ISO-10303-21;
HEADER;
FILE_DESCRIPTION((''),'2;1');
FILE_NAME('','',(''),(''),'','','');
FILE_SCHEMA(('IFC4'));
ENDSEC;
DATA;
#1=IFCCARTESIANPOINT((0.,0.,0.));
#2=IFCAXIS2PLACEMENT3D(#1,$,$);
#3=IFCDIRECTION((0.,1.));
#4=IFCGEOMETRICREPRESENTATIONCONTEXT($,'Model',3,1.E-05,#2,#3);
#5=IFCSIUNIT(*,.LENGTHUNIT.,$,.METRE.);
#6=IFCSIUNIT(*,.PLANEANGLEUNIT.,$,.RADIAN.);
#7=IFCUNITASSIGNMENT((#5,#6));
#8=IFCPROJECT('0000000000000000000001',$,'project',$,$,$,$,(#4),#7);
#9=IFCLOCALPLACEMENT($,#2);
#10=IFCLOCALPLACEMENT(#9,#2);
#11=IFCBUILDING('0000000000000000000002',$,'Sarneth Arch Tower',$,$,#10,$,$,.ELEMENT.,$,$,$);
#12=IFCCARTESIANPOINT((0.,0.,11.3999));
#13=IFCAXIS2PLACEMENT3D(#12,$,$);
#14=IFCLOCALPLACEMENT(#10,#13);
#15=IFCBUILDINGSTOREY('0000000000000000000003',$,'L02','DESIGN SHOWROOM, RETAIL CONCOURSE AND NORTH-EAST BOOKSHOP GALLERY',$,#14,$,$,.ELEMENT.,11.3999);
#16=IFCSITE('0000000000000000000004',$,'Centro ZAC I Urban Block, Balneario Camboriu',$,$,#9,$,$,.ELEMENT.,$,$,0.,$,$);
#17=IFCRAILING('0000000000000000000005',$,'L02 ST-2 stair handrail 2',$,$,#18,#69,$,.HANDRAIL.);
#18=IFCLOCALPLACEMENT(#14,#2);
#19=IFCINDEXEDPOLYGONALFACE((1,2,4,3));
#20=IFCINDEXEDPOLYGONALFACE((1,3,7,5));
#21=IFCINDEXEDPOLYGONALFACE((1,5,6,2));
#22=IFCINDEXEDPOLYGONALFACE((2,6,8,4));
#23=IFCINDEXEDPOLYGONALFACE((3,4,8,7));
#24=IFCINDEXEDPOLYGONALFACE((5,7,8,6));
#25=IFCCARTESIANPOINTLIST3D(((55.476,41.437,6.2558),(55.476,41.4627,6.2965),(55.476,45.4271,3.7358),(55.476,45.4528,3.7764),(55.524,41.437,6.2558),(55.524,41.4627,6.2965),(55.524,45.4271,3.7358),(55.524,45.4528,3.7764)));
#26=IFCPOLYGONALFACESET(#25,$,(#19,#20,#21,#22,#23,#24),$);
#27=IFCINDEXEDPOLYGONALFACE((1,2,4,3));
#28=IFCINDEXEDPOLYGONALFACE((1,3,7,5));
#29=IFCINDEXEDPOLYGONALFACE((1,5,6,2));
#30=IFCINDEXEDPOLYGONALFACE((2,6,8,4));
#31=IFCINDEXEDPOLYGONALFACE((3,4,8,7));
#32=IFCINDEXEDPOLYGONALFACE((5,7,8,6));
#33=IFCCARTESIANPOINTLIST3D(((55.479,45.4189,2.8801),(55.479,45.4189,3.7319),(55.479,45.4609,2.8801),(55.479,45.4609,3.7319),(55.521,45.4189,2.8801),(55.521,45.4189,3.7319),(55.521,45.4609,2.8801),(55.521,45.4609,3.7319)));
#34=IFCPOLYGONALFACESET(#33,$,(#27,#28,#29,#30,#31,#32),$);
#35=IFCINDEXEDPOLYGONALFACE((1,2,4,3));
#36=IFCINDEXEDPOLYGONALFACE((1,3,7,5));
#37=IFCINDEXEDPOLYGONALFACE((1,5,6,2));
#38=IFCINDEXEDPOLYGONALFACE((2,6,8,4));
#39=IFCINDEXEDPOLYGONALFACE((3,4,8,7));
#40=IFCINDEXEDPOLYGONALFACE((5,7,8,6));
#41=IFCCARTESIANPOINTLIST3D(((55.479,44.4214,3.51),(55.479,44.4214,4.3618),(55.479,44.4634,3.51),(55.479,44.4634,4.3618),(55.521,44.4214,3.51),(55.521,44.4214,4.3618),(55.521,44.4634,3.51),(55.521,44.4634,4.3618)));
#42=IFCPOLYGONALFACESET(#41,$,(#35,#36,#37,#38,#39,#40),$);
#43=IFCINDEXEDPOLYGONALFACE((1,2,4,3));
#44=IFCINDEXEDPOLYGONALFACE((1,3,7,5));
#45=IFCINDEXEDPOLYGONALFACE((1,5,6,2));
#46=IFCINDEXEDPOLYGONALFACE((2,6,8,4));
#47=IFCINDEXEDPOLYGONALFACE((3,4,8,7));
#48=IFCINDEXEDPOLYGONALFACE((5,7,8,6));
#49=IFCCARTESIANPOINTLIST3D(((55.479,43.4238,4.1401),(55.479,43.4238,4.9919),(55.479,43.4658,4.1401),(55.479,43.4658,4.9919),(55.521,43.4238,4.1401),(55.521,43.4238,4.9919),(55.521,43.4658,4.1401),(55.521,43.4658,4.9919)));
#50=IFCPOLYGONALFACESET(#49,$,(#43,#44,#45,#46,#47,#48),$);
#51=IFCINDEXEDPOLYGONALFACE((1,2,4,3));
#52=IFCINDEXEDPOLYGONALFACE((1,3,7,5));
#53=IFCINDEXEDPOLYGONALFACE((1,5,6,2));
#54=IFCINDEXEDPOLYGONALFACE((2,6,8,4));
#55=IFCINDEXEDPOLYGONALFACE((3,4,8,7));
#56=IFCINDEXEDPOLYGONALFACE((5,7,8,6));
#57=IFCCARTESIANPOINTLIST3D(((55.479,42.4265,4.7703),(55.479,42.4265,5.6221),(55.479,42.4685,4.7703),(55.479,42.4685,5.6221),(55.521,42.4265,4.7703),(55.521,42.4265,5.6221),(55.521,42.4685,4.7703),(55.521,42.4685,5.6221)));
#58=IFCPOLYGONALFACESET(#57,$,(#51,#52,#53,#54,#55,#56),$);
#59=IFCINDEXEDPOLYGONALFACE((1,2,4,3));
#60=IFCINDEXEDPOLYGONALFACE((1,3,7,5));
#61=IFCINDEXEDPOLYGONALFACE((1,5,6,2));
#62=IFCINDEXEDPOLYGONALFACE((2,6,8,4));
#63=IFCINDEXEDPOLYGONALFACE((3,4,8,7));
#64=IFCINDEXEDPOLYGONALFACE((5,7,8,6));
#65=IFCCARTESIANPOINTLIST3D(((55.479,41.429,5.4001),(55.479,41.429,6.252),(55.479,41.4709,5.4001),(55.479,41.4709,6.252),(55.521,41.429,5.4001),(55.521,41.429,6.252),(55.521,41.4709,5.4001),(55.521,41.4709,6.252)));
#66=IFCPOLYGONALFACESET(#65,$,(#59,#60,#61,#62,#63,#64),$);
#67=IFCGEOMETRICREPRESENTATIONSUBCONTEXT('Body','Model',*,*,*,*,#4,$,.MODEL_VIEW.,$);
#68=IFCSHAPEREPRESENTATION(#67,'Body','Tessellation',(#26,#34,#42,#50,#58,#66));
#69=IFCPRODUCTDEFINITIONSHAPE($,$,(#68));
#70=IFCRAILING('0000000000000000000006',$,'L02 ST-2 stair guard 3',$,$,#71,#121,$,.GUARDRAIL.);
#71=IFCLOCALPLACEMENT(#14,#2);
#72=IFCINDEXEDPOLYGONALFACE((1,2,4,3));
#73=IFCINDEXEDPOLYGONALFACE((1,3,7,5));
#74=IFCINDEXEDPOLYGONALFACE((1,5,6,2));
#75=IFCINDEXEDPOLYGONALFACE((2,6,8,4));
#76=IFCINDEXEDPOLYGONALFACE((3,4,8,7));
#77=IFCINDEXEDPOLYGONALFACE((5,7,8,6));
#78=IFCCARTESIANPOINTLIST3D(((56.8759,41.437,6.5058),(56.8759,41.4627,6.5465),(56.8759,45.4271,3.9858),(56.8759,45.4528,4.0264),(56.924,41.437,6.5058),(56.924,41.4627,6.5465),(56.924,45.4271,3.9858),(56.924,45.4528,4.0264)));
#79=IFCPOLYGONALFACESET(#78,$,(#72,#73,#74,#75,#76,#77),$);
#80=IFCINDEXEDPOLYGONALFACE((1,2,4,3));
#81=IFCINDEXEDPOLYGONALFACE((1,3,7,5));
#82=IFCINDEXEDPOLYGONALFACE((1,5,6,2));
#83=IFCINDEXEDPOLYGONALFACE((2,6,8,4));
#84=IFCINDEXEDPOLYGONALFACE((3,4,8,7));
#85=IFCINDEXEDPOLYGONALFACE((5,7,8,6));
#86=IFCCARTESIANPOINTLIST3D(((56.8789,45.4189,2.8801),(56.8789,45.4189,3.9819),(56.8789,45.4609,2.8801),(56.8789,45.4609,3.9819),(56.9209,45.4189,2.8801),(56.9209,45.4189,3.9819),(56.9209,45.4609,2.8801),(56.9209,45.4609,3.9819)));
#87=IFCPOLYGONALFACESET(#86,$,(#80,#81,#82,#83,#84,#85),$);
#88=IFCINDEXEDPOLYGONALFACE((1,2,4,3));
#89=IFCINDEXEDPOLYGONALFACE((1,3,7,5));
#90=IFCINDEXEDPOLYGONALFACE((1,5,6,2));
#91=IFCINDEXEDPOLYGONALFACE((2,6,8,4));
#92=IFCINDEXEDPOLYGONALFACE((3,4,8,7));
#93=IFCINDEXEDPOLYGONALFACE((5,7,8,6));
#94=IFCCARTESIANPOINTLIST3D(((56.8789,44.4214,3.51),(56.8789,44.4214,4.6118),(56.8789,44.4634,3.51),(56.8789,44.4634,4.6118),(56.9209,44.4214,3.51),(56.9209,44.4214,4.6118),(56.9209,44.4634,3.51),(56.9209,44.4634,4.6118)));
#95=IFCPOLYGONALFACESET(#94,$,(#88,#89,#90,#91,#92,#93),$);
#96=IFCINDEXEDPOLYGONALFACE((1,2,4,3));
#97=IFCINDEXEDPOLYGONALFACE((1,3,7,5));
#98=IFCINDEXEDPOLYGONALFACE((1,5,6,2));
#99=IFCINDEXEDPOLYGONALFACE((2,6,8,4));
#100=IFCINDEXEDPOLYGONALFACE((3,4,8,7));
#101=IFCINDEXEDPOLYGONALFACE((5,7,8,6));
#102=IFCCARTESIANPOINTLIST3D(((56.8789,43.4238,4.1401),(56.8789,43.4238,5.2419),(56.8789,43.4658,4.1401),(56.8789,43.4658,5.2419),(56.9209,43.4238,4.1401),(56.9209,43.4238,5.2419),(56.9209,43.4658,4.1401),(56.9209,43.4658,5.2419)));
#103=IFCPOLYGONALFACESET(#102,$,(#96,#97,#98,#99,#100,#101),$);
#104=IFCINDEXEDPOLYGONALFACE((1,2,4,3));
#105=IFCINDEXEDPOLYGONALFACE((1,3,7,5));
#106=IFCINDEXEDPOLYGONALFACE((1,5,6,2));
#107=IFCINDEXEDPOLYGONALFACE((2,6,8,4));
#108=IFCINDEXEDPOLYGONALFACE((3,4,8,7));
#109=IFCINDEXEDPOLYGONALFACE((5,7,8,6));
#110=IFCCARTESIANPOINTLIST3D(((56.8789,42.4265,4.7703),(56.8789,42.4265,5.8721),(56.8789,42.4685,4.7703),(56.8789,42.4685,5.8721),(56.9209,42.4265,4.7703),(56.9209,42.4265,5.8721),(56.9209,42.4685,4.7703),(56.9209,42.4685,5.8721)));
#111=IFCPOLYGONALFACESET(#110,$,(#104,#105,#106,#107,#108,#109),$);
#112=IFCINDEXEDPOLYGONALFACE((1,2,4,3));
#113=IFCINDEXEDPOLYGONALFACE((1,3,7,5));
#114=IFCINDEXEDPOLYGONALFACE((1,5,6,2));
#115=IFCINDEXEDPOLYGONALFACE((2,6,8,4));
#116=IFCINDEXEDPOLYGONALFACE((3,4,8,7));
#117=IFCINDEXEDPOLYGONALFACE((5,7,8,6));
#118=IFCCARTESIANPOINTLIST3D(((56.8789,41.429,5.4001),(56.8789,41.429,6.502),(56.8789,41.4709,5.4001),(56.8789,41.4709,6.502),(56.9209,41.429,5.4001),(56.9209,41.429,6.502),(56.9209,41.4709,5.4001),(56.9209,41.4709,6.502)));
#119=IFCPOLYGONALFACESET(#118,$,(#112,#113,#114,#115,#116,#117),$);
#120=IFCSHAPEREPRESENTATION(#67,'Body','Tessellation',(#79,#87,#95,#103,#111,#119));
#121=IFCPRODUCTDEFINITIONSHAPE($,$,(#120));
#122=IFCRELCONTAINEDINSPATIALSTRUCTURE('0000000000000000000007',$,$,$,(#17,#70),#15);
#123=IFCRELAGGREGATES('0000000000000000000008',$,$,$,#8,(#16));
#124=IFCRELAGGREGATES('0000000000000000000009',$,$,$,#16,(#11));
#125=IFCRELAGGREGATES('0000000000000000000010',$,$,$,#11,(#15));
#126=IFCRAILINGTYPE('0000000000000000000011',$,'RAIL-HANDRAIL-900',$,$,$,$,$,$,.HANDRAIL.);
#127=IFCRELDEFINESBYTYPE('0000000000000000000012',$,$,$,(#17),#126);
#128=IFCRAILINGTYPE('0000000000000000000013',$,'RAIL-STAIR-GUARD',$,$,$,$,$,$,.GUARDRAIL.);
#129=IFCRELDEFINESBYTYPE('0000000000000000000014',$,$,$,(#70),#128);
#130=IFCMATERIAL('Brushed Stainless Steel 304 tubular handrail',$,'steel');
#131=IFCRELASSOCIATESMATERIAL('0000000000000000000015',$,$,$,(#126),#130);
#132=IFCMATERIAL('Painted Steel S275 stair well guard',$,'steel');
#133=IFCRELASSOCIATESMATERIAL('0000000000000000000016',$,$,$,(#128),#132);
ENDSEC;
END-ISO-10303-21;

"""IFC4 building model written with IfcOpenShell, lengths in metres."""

from ifc_helpers import new_model, si_unit, direction, frame, origin, origin_2d, place, context, subcontext, project, spatial, rectangle, extrude, material, type_object, element, save


model = new_model("IFC4")

# Units and contexts
model_context = context("Model", 3, precision=1e-05, world=origin(), true_north=direction((0.0, 1.0)))
body_context = subcontext(model_context, "Body", "Model", "MODEL_VIEW")
ifc_project = project(units=[si_unit("LENGTHUNIT", "METRE"), si_unit("PLANEANGLEUNIT", "RADIAN")], contexts=[model_context])

# Site, building, storey
site_placement = place(None, origin())
site = spatial("IfcSite", under=ifc_project, at=site_placement, Name="Centro ZAC I Urban Block, Balneario Camboriu", CompositionType="ELEMENT", RefElevation=0.0)
building_placement = place(site_placement, origin())
building = spatial("IfcBuilding", under=site, at=building_placement, Name="Sarneth Arch Tower", CompositionType="ELEMENT")
storey_placement = place(building_placement, frame((0.0, 0.0, 11.3999)))
storey = spatial("IfcBuildingStorey", under=building, at=storey_placement, Name="L02", Description="DESIGN SHOWROOM, RETAIL CONCOURSE AND NORTH-EAST BOOKSHOP GALLERY", CompositionType="ELEMENT", Elevation=11.3999)

# Railings
ifc_material_1 = material(Name="Brushed Stainless Steel 304 tubular handrail", Category="steel")
railing_type_1 = type_object("IfcRailingType", Name="RAIL-HANDRAIL-900", PredefinedType="HANDRAIL", material=ifc_material_1)
railing_1_placement = place(storey_placement, frame((55.5, 45.4399, 2.8801)))
element("IfcRailing", 1, at=railing_1_placement, inside=storey, type_object=railing_type_1, Name="L02 ST-2 stair handrail 2", PredefinedType="HANDRAIL", context=body_context, shape_type="SweptSolid", body=[
    extrude(rectangle(XDim=0.0481, YDim=0.0481, at=origin_2d()), frame((0.0, 0.0, 0.876), z_axis=(0.0, -0.845486, 0.533997), x_axis=(1.0, 0.0, 0.0)), (0.0, 0.0, 1.0), 4.7192),
    extrude(rectangle(XDim=0.042, YDim=0.042, at=origin_2d()), origin(), (0.0, 0.0, 1.0), 0.8518),
    extrude(rectangle(XDim=0.042, YDim=0.042, at=origin_2d()), frame((0.0, -0.9976, 0.6299)), (0.0, 0.0, 1.0), 0.8518),
    extrude(rectangle(XDim=0.042, YDim=0.042, at=origin_2d()), frame((0.0, -1.9951, 1.26)), (0.0, 0.0, 1.0), 0.8518),
    extrude(rectangle(XDim=0.042, YDim=0.042, at=origin_2d()), frame((0.0, -2.9924, 1.8901)), (0.0, 0.0, 1.0), 0.8518),
    extrude(rectangle(XDim=0.042, YDim=0.042, at=origin_2d()), frame((0.0, -3.99, 2.52)), (0.0, 0.0, 1.0), 0.8518),
])
ifc_material_2 = material(Name="Painted Steel S275 stair well guard", Category="steel")
railing_type_2 = type_object("IfcRailingType", Name="RAIL-STAIR-GUARD", PredefinedType="GUARDRAIL", material=ifc_material_2)
railing_2_placement = place(storey_placement, frame((56.8999, 45.4399, 2.8801)))
element("IfcRailing", 2, at=railing_2_placement, inside=storey, type_object=railing_type_2, Name="L02 ST-2 stair guard 3", PredefinedType="GUARDRAIL", context=body_context, shape_type="SweptSolid", body=[
    extrude(rectangle(XDim=0.0481, YDim=0.0481, at=origin_2d()), frame((0.0, 0.0, 1.126), z_axis=(0.0, -0.845486, 0.533997), x_axis=(1.0, 0.0, 0.0)), (0.0, 0.0, 1.0), 4.7192),
    extrude(rectangle(XDim=0.042, YDim=0.042, at=origin_2d()), origin(), (0.0, 0.0, 1.0), 1.1018),
    extrude(rectangle(XDim=0.042, YDim=0.042, at=origin_2d()), frame((0.0, -0.9976, 0.6299)), (0.0, 0.0, 1.0), 1.1018),
    extrude(rectangle(XDim=0.042, YDim=0.042, at=origin_2d()), frame((0.0, -1.9951, 1.26)), (0.0, 0.0, 1.0), 1.1018),
    extrude(rectangle(XDim=0.042, YDim=0.042, at=origin_2d()), frame((0.0, -2.9924, 1.8901)), (0.0, 0.0, 1.0), 1.1018),
    extrude(rectangle(XDim=0.042, YDim=0.042, at=origin_2d()), frame((0.0, -3.99, 2.52)), (0.0, 0.0, 1.0), 1.1018),
])

save(model, "model.ifc")
